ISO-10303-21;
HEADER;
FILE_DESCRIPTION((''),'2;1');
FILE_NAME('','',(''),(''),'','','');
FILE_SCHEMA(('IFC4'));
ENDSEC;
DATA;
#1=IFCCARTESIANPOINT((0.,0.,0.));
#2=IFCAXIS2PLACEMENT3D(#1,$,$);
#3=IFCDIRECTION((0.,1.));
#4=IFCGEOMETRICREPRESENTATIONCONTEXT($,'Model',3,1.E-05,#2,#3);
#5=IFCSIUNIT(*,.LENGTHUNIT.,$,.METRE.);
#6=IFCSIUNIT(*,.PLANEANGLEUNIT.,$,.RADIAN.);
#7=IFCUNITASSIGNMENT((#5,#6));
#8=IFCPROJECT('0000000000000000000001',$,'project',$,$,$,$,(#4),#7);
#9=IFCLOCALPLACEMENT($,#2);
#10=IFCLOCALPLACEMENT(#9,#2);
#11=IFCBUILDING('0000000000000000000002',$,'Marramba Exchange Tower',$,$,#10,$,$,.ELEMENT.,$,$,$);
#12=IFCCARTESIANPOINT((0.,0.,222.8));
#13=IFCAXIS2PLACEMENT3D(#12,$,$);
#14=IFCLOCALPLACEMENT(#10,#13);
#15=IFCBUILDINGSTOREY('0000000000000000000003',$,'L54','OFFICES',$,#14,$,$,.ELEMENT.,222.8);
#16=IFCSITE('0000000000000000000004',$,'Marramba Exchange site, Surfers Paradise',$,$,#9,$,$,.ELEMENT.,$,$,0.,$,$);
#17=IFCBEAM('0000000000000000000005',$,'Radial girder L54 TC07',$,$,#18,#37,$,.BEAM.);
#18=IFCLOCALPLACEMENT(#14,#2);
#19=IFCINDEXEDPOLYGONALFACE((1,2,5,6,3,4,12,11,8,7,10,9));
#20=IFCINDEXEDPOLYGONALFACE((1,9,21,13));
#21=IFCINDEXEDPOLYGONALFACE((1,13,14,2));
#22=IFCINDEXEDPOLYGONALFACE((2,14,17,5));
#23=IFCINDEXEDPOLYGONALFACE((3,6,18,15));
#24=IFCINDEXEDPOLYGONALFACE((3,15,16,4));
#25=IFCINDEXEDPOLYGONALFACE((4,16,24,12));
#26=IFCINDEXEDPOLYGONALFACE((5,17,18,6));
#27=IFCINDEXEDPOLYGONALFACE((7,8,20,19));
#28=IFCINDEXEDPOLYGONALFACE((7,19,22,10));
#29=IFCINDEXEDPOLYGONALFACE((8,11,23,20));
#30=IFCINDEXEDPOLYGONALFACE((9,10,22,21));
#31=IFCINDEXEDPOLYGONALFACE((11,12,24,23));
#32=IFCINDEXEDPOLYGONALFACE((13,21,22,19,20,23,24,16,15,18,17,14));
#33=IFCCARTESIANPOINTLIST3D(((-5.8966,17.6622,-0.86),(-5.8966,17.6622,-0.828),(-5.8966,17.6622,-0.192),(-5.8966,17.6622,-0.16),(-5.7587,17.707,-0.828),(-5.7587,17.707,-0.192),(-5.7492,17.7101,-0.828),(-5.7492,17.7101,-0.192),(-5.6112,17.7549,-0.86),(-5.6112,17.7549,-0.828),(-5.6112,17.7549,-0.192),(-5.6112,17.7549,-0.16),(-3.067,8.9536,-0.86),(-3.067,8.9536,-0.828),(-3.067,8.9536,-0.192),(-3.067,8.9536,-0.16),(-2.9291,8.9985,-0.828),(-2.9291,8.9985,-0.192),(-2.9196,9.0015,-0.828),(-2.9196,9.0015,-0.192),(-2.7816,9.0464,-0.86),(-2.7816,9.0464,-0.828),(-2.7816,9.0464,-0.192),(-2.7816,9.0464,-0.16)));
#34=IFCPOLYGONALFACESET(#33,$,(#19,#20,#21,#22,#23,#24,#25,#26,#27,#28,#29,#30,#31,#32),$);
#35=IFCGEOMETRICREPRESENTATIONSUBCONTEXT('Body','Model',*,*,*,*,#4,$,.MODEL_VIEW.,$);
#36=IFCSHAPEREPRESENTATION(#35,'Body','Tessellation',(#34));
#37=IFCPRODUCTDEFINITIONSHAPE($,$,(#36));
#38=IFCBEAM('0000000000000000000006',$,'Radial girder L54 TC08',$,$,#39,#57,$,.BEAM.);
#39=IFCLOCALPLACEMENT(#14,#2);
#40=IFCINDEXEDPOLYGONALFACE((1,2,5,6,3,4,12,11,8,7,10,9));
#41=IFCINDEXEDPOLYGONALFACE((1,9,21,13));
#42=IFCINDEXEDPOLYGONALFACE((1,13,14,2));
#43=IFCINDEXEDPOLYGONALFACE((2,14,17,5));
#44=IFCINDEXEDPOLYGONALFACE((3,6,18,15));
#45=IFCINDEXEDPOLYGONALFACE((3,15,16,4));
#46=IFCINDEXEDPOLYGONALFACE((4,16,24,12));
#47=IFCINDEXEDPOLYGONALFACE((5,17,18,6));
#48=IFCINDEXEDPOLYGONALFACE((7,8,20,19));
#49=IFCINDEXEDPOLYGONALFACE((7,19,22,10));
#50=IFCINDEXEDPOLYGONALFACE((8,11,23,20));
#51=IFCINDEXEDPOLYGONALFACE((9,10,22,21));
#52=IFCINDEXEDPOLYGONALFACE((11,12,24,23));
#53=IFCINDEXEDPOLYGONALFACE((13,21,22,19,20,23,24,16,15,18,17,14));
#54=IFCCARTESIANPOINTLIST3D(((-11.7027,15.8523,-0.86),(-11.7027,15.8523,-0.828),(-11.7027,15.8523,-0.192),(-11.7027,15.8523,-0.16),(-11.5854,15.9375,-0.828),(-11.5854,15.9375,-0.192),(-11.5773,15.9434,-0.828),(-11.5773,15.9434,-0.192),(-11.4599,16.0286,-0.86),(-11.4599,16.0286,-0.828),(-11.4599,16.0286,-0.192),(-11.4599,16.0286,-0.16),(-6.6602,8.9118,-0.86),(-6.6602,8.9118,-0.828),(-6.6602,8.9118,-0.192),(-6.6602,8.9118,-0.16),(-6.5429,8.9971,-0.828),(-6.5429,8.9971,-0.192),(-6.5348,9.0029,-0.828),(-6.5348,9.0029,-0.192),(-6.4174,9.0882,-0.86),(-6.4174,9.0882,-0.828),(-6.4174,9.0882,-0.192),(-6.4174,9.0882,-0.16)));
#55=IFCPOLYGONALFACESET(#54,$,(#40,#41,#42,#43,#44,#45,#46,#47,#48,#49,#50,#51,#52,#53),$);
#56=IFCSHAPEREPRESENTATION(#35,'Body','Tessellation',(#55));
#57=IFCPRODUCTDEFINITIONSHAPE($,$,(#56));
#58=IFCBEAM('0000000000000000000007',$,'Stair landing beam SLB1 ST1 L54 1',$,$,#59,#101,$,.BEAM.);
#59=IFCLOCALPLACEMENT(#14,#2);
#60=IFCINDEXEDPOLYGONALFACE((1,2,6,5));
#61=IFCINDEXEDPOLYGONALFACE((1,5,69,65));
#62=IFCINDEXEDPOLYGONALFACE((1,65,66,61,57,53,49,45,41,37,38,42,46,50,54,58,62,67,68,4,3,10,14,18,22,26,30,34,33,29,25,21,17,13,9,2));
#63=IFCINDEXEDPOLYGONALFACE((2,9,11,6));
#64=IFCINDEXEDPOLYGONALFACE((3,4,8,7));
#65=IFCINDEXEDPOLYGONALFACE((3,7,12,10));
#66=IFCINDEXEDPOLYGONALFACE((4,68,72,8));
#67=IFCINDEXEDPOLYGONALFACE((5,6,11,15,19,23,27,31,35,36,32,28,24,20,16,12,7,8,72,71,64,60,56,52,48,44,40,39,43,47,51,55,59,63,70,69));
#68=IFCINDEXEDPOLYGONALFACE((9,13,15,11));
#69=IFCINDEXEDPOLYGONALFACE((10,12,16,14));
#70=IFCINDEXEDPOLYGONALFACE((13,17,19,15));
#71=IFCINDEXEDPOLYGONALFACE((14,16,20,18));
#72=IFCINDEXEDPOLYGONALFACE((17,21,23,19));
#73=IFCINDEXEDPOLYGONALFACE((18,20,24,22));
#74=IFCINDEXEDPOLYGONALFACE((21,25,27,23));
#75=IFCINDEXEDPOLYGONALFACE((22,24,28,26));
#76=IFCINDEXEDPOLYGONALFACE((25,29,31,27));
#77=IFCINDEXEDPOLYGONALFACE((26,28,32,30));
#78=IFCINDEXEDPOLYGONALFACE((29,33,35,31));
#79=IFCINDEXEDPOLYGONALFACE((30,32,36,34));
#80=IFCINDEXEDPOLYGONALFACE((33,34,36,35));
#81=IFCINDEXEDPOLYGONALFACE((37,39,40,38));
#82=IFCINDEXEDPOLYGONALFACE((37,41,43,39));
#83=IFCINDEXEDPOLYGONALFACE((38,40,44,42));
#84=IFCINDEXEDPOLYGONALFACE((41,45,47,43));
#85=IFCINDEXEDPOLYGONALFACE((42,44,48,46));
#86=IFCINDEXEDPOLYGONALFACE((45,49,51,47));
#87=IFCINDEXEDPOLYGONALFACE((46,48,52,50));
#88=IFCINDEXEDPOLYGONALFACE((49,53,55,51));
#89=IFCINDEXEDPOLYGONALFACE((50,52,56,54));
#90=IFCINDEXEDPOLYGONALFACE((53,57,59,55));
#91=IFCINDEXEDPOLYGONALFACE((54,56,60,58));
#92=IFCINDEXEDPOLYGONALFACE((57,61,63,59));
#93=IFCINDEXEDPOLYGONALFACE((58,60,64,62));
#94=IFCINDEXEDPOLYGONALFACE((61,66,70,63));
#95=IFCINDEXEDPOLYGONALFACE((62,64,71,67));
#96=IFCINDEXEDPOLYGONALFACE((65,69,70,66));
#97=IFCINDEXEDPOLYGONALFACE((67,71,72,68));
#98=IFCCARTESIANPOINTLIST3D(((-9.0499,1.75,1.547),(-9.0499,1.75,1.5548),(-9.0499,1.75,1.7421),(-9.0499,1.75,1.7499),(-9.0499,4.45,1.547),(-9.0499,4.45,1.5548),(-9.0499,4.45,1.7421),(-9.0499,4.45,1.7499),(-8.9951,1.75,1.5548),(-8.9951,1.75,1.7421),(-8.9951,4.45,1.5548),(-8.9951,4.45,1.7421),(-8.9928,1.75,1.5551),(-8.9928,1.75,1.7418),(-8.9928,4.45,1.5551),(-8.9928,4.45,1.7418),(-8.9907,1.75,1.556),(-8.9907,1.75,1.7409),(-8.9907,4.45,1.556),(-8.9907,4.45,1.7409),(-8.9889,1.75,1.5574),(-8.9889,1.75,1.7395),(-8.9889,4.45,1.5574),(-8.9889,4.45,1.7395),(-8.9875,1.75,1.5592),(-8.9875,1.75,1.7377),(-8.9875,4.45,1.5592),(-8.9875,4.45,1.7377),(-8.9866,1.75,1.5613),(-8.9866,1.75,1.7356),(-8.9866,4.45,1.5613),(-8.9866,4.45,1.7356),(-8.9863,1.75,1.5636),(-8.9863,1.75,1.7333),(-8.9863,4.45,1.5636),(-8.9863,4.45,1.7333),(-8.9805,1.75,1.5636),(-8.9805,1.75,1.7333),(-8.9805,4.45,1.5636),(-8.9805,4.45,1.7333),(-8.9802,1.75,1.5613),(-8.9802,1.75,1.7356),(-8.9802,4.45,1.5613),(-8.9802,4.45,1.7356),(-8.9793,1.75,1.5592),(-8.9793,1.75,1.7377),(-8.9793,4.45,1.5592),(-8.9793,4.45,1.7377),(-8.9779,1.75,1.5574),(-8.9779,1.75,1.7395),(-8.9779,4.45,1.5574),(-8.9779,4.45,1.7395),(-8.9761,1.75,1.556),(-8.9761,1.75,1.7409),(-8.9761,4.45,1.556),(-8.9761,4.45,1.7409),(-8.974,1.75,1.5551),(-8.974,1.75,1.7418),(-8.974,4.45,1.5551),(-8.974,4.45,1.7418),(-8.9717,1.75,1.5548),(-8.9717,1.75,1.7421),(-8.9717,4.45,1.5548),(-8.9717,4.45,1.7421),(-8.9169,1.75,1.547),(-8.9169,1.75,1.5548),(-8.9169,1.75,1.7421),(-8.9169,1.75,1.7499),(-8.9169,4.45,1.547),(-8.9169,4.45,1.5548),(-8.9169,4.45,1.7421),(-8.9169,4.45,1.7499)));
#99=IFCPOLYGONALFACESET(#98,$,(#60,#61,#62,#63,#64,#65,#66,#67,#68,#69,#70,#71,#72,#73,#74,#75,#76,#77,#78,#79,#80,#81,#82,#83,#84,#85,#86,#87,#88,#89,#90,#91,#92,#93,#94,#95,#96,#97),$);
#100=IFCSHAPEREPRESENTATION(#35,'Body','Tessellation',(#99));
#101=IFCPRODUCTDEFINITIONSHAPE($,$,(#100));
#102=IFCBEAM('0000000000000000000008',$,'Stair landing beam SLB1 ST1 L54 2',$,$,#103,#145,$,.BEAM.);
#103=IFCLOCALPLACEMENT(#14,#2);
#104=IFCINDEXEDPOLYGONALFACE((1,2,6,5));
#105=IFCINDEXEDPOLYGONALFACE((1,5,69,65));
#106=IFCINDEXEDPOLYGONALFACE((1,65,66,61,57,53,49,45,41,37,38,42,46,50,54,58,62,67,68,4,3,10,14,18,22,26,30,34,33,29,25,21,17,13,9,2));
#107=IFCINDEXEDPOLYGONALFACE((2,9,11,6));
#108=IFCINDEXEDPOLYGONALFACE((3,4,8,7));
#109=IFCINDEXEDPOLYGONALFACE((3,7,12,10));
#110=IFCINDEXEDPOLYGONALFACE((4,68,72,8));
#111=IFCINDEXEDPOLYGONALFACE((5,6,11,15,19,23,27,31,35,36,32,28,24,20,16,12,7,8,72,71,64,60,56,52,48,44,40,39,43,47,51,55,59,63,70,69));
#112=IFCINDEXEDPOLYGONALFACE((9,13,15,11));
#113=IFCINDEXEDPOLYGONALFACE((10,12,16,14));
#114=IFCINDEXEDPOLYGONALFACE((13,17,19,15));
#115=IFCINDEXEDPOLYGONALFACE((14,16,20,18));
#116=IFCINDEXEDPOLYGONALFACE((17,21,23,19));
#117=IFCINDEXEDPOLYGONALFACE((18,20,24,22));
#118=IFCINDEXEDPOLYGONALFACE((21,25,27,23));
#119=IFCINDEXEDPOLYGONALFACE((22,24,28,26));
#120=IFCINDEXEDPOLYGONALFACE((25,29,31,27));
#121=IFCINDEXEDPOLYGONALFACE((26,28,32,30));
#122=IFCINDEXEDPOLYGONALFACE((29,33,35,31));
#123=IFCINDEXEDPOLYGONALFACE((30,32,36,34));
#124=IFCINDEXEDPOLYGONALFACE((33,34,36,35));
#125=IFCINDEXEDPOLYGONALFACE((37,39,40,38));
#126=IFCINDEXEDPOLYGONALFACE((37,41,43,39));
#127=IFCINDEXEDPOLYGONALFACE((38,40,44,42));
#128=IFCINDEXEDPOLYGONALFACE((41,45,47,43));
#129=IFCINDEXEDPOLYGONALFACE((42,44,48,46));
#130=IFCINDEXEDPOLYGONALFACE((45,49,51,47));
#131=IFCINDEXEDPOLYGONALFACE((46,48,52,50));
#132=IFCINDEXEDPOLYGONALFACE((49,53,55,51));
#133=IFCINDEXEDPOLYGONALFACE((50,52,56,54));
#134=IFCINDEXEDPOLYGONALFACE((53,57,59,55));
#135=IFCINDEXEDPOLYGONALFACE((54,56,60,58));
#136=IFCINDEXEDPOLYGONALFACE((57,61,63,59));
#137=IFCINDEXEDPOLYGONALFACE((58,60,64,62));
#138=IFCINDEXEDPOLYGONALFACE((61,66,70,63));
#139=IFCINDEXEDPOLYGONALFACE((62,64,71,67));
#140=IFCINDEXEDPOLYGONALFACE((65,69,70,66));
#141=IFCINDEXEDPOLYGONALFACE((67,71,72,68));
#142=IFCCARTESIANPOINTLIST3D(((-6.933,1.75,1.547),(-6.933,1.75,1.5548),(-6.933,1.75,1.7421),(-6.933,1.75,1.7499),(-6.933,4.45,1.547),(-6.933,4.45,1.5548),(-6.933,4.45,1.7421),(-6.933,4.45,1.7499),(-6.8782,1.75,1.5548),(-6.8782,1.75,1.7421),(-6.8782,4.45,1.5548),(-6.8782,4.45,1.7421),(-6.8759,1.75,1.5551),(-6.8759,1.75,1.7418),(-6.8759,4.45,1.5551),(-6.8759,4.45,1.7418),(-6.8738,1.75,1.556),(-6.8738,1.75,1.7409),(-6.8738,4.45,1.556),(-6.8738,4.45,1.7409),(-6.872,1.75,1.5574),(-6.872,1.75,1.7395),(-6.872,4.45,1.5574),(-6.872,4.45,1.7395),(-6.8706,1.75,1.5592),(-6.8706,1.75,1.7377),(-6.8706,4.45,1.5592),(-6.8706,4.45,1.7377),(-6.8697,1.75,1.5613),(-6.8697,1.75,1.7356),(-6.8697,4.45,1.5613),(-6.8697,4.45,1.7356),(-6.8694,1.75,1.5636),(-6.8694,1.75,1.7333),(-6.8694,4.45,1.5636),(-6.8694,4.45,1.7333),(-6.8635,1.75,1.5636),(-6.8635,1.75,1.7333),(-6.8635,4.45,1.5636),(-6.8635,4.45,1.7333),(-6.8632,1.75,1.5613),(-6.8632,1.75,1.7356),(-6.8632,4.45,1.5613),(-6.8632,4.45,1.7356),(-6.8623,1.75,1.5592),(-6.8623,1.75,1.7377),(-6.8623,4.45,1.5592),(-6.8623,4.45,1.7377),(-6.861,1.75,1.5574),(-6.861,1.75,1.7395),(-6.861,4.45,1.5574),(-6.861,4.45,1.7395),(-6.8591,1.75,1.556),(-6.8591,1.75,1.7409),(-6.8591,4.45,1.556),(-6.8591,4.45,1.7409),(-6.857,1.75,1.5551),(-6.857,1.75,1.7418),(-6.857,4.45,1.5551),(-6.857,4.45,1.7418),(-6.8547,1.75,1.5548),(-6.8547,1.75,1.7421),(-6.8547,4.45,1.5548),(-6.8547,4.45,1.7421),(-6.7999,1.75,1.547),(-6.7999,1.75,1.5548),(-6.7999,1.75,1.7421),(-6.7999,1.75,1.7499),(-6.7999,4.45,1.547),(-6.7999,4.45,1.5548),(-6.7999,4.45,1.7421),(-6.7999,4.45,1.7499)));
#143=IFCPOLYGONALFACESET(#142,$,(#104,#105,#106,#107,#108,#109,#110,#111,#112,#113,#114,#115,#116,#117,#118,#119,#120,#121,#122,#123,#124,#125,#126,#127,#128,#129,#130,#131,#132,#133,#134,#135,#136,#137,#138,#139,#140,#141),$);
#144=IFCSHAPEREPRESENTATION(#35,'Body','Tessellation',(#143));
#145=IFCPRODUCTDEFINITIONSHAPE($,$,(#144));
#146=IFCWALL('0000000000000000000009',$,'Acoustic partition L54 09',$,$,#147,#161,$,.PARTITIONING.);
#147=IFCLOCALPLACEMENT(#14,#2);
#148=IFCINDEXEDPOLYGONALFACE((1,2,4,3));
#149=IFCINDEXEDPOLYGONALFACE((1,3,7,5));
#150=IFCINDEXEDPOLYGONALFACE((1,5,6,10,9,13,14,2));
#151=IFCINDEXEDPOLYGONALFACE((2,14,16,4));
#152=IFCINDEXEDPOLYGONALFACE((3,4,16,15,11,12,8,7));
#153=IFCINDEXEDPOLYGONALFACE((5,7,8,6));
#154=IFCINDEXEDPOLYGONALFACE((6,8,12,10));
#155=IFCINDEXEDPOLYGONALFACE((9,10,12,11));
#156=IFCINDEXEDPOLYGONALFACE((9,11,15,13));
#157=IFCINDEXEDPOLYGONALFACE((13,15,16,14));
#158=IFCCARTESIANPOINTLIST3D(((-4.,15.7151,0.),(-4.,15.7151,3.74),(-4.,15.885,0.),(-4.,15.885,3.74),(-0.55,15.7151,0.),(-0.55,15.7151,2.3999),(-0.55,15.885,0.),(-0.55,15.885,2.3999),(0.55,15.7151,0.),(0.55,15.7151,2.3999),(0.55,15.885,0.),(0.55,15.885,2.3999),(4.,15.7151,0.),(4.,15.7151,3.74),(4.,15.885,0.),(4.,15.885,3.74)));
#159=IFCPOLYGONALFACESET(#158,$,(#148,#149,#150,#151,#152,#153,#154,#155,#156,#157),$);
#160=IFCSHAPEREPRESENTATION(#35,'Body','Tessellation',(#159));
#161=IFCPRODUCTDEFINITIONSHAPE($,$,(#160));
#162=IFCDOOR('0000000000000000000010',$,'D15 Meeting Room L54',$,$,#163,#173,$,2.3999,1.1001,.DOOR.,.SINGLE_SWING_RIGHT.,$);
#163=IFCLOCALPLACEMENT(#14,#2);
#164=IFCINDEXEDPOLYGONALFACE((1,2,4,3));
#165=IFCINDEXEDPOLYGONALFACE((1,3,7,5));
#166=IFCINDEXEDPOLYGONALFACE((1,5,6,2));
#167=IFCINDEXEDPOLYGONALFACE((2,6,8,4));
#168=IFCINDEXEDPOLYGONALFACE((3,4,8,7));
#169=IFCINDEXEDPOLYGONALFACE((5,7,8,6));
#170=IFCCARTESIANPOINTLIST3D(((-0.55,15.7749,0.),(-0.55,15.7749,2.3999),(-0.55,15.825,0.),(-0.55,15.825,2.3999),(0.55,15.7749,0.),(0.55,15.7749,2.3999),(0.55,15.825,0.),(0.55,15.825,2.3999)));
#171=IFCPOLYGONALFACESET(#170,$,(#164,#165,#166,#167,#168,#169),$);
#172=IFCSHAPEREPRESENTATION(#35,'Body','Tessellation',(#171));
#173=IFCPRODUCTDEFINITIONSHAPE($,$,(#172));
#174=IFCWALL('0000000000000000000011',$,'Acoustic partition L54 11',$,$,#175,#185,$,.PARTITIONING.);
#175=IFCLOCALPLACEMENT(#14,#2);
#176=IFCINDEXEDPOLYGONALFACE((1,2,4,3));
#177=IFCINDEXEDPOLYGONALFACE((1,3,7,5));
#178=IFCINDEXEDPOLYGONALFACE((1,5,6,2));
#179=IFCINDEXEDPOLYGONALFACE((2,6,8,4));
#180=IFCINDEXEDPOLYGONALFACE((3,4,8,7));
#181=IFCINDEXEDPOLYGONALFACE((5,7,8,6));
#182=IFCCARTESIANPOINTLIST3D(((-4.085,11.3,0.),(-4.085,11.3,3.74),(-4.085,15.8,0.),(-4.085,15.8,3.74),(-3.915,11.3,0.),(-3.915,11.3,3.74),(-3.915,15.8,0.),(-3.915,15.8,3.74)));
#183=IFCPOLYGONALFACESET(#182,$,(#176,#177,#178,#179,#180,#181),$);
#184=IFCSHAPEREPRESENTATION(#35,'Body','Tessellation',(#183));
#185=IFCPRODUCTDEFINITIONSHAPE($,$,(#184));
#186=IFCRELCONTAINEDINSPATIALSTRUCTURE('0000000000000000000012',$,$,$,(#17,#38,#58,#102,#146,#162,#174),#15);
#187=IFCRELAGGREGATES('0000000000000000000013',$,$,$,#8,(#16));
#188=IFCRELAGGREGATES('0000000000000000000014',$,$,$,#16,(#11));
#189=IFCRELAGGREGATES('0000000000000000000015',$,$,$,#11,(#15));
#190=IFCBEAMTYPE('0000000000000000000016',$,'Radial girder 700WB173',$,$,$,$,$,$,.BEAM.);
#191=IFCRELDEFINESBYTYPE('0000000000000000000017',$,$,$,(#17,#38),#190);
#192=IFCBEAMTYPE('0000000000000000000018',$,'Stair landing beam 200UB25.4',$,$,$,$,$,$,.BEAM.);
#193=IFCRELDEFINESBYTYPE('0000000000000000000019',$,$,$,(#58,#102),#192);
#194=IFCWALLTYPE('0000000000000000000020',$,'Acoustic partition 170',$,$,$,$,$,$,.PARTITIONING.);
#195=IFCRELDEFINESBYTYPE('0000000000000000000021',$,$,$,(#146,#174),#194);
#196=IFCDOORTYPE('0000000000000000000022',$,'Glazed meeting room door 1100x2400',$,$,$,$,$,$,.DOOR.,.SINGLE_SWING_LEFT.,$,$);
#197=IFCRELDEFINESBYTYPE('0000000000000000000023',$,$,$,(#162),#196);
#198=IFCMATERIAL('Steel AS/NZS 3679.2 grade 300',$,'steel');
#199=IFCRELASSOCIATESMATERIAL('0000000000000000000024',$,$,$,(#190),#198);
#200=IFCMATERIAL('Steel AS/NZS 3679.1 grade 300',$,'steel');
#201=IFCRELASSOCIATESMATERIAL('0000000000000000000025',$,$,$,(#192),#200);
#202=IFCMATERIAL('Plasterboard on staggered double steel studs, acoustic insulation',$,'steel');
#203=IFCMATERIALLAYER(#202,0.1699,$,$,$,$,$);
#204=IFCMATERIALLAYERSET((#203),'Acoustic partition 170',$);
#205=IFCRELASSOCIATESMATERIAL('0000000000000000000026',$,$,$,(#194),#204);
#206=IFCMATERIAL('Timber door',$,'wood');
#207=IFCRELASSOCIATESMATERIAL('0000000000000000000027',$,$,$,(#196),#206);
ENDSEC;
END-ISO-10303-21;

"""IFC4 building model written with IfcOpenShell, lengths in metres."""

from ifc_helpers import new_model, si_unit, direction, frame, frame_2d, origin, origin_2d, place, context, subcontext, project, spatial, rectangle, i_section, extrude, material, layer, layer_set, material_profile, profile_set, type_object, element, fill, save


model = new_model("IFC4")

# Units and contexts
model_context = context("Model", 3, precision=1e-05, world=origin(), true_north=direction((0.0, 1.0)))
body_context = subcontext(model_context, "Body", "Model", "MODEL_VIEW")
ifc_project = project(units=[si_unit("LENGTHUNIT", "METRE"), si_unit("PLANEANGLEUNIT", "RADIAN")], contexts=[model_context])

# Site, building, storey
site_placement = place(None, origin())
site = spatial("IfcSite", under=ifc_project, at=site_placement, Name="Marramba Exchange site, Surfers Paradise", CompositionType="ELEMENT", RefElevation=0.0)
building_placement = place(site_placement, origin())
building = spatial("IfcBuilding", under=site, at=building_placement, Name="Marramba Exchange Tower", CompositionType="ELEMENT")
storey_placement = place(building_placement, frame((0.0, 0.0, 222.8)))
storey = spatial("IfcBuildingStorey", under=building, at=storey_placement, Name="L54", Description="OFFICES", CompositionType="ELEMENT", Elevation=222.8)

# Beams
ifc_material_1 = material(Name="Steel AS/NZS 3679.1 grade 300", Category="steel")
ifc_material_2 = material(Name="Steel AS/NZS 3679.2 grade 300", Category="steel")
ifc_material_profile_1 = material_profile(ifc_material_2, i_section(OverallWidth=0.3, OverallDepth=0.7, WebThickness=0.01, FlangeThickness=0.032, at=origin_2d()), Name="700WB173")
ifc_profile_set_1 = profile_set([ifc_material_profile_1], Name="Steel AS/NZS 3679.2 grade 300")
beam_type_1 = type_object("IfcBeamType", Name="Radial girder 700WB173", PredefinedType="BEAM", material=ifc_profile_set_1)
beam_1_placement = place(storey_placement, frame((-2.9243, 9.0, -0.51), z_axis=(-0.30902, 0.951056, 0.0), x_axis=(-0.951056, -0.30902, 0.0)))
element("IfcBeam", 1, at=beam_1_placement, inside=storey, type_object=beam_type_1, Name="Radial girder L54 TC07", PredefinedType="BEAM", context=body_context, shape_type="SweptSolid", body=[
    extrude(i_section(OverallWidth=0.3, OverallDepth=0.7, WebThickness=0.01, FlangeThickness=0.032, at=origin_2d()), origin(), (0.0, 0.0, 1.0), 9.1567),
])
beam_2_placement = place(storey_placement, frame((-6.5388, 9.0, -0.51), z_axis=(-0.587782, 0.809019, 0.0), x_axis=(-0.809019, -0.587782, 0.0)))
element("IfcBeam", 2, at=beam_2_placement, inside=storey, type_object=beam_type_1, Name="Radial girder L54 TC08", PredefinedType="BEAM", context=body_context, shape_type="SweptSolid", body=[
    extrude(i_section(OverallWidth=0.3, OverallDepth=0.7, WebThickness=0.01, FlangeThickness=0.032, at=origin_2d()), origin(), (0.0, 0.0, 1.0), 8.5789),
])
ifc_material_profile_2 = material_profile(ifc_material_1, i_section(OverallWidth=0.1331, OverallDepth=0.2029, WebThickness=0.0059, FlangeThickness=0.0078, FilletRadius=0.0088, at=origin_2d()), Name="200UB25.4")
ifc_profile_set_2 = profile_set([ifc_material_profile_2], Name="Steel AS/NZS 3679.1 grade 300")
beam_type_2 = type_object("IfcBeamType", Name="Stair landing beam 200UB25.4", PredefinedType="BEAM", material=ifc_profile_set_2)
for number, where, z_axis, x_axis, name in (
    (3, (-8.9834, 1.75, 1.6484), (0.0, 1.0, 0.0), (-1.0, 0.0, 0.0), "Stair landing beam SLB1 ST1 L54 1"),
    (4, (-6.8665, 1.75, 1.6484), (0.0, 1.0, 0.0), (-1.0, 0.0, 0.0), "Stair landing beam SLB1 ST1 L54 2"),
):
    element("IfcBeam", number, at=place(storey_placement, frame(where, z_axis=z_axis, x_axis=x_axis)), inside=storey, type_object=beam_type_2, Name=name, PredefinedType="BEAM", context=body_context, shape_type="SweptSolid", body=[
        extrude(i_section(OverallWidth=0.1331, OverallDepth=0.2029, WebThickness=0.0059, FlangeThickness=0.0078, FilletRadius=0.0088, at=origin_2d()), origin(), (0.0, 0.0, 1.0), 2.7),
    ])

# Wall, opening, door
ifc_material_3 = material(Name="Plasterboard on staggered double steel studs, acoustic insulation", Category="steel")
ifc_layer_1 = layer(ifc_material_3, 0.1699)
ifc_layer_set_1 = layer_set([ifc_layer_1], Name="Acoustic partition 170")
wall_type_1 = type_object("IfcWallType", Name="Acoustic partition 170", PredefinedType="PARTITIONING", material=ifc_layer_set_1)
wall_1_placement = place(storey_placement, frame((-4.0, 15.8, 0.0), z_axis=(0.0, 0.0, 1.0), x_axis=(1.0, 0.0, 0.0)))
wall_1 = element("IfcWall", 5, at=wall_1_placement, inside=storey, type_object=wall_type_1, Name="Acoustic partition L54 09", PredefinedType="PARTITIONING", context=body_context, shape_type="SweptSolid", body=[
    extrude(rectangle(XDim=8.0, YDim=0.1699, at=frame_2d((4.0, 0.0))), origin(), (0.0, 0.0, 1.0), 3.74),
])
opening_1_placement = place(wall_1_placement, frame((3.45, 0.0, 0.0)))
opening_1 = element("IfcOpeningElement", 6, at=opening_1_placement, cuts=wall_1, PredefinedType="OPENING", context=body_context, shape_type="SweptSolid", body=[
    extrude(rectangle(XDim=1.1001, YDim=2.3999, at=frame_2d((0.55, 1.2))), frame((0.0, 0.095, 0.0), z_axis=(0.0, -1.0, 0.0), x_axis=(1.0, 0.0, 0.0)), (0.0, 0.0, 1.0), 0.1899),
])
ifc_material_4 = material(Name="Timber door", Category="wood")
door_type_1 = type_object("IfcDoorType", Name="Glazed meeting room door 1100x2400", OperationType="SINGLE_SWING_LEFT", PredefinedType="DOOR", material=ifc_material_4)
door_1_placement = place(opening_1_placement, frame((1.1001, 0.0, 0.0), z_axis=(0.0, 0.0, 1.0), x_axis=(-1.0, 0.0, 0.0)))
door_1 = element("IfcDoor", 7, at=door_1_placement, inside=storey, type_object=door_type_1, Name="D15 Meeting Room L54", OperationType="SINGLE_SWING_RIGHT", OverallHeight=2.3999, OverallWidth=1.1001, PredefinedType="DOOR", context=body_context, shape_type="SweptSolid", body=[
    extrude(rectangle(XDim=1.1001, YDim=2.3999, at=frame_2d((0.55, 1.2))), frame((0.0, 0.0251, 0.0), z_axis=(0.0, -1.0, 0.0), x_axis=(1.0, 0.0, 0.0)), (0.0, 0.0, 1.0), 0.05),
])
fill(opening_1, door_1)

# Wall
wall_2_placement = place(storey_placement, frame((-4.0, 11.3, 0.0), z_axis=(0.0, 0.0, 1.0), x_axis=(0.0, 1.0, 0.0)))
element("IfcWall", 8, at=wall_2_placement, inside=storey, type_object=wall_type_1, Name="Acoustic partition L54 11", PredefinedType="PARTITIONING", context=body_context, shape_type="SweptSolid", body=[
    extrude(rectangle(XDim=4.5, YDim=0.1699, at=frame_2d((2.25, 0.0))), origin(), (0.0, 0.0, 1.0), 3.74),
])

save(model, "model.ifc")
